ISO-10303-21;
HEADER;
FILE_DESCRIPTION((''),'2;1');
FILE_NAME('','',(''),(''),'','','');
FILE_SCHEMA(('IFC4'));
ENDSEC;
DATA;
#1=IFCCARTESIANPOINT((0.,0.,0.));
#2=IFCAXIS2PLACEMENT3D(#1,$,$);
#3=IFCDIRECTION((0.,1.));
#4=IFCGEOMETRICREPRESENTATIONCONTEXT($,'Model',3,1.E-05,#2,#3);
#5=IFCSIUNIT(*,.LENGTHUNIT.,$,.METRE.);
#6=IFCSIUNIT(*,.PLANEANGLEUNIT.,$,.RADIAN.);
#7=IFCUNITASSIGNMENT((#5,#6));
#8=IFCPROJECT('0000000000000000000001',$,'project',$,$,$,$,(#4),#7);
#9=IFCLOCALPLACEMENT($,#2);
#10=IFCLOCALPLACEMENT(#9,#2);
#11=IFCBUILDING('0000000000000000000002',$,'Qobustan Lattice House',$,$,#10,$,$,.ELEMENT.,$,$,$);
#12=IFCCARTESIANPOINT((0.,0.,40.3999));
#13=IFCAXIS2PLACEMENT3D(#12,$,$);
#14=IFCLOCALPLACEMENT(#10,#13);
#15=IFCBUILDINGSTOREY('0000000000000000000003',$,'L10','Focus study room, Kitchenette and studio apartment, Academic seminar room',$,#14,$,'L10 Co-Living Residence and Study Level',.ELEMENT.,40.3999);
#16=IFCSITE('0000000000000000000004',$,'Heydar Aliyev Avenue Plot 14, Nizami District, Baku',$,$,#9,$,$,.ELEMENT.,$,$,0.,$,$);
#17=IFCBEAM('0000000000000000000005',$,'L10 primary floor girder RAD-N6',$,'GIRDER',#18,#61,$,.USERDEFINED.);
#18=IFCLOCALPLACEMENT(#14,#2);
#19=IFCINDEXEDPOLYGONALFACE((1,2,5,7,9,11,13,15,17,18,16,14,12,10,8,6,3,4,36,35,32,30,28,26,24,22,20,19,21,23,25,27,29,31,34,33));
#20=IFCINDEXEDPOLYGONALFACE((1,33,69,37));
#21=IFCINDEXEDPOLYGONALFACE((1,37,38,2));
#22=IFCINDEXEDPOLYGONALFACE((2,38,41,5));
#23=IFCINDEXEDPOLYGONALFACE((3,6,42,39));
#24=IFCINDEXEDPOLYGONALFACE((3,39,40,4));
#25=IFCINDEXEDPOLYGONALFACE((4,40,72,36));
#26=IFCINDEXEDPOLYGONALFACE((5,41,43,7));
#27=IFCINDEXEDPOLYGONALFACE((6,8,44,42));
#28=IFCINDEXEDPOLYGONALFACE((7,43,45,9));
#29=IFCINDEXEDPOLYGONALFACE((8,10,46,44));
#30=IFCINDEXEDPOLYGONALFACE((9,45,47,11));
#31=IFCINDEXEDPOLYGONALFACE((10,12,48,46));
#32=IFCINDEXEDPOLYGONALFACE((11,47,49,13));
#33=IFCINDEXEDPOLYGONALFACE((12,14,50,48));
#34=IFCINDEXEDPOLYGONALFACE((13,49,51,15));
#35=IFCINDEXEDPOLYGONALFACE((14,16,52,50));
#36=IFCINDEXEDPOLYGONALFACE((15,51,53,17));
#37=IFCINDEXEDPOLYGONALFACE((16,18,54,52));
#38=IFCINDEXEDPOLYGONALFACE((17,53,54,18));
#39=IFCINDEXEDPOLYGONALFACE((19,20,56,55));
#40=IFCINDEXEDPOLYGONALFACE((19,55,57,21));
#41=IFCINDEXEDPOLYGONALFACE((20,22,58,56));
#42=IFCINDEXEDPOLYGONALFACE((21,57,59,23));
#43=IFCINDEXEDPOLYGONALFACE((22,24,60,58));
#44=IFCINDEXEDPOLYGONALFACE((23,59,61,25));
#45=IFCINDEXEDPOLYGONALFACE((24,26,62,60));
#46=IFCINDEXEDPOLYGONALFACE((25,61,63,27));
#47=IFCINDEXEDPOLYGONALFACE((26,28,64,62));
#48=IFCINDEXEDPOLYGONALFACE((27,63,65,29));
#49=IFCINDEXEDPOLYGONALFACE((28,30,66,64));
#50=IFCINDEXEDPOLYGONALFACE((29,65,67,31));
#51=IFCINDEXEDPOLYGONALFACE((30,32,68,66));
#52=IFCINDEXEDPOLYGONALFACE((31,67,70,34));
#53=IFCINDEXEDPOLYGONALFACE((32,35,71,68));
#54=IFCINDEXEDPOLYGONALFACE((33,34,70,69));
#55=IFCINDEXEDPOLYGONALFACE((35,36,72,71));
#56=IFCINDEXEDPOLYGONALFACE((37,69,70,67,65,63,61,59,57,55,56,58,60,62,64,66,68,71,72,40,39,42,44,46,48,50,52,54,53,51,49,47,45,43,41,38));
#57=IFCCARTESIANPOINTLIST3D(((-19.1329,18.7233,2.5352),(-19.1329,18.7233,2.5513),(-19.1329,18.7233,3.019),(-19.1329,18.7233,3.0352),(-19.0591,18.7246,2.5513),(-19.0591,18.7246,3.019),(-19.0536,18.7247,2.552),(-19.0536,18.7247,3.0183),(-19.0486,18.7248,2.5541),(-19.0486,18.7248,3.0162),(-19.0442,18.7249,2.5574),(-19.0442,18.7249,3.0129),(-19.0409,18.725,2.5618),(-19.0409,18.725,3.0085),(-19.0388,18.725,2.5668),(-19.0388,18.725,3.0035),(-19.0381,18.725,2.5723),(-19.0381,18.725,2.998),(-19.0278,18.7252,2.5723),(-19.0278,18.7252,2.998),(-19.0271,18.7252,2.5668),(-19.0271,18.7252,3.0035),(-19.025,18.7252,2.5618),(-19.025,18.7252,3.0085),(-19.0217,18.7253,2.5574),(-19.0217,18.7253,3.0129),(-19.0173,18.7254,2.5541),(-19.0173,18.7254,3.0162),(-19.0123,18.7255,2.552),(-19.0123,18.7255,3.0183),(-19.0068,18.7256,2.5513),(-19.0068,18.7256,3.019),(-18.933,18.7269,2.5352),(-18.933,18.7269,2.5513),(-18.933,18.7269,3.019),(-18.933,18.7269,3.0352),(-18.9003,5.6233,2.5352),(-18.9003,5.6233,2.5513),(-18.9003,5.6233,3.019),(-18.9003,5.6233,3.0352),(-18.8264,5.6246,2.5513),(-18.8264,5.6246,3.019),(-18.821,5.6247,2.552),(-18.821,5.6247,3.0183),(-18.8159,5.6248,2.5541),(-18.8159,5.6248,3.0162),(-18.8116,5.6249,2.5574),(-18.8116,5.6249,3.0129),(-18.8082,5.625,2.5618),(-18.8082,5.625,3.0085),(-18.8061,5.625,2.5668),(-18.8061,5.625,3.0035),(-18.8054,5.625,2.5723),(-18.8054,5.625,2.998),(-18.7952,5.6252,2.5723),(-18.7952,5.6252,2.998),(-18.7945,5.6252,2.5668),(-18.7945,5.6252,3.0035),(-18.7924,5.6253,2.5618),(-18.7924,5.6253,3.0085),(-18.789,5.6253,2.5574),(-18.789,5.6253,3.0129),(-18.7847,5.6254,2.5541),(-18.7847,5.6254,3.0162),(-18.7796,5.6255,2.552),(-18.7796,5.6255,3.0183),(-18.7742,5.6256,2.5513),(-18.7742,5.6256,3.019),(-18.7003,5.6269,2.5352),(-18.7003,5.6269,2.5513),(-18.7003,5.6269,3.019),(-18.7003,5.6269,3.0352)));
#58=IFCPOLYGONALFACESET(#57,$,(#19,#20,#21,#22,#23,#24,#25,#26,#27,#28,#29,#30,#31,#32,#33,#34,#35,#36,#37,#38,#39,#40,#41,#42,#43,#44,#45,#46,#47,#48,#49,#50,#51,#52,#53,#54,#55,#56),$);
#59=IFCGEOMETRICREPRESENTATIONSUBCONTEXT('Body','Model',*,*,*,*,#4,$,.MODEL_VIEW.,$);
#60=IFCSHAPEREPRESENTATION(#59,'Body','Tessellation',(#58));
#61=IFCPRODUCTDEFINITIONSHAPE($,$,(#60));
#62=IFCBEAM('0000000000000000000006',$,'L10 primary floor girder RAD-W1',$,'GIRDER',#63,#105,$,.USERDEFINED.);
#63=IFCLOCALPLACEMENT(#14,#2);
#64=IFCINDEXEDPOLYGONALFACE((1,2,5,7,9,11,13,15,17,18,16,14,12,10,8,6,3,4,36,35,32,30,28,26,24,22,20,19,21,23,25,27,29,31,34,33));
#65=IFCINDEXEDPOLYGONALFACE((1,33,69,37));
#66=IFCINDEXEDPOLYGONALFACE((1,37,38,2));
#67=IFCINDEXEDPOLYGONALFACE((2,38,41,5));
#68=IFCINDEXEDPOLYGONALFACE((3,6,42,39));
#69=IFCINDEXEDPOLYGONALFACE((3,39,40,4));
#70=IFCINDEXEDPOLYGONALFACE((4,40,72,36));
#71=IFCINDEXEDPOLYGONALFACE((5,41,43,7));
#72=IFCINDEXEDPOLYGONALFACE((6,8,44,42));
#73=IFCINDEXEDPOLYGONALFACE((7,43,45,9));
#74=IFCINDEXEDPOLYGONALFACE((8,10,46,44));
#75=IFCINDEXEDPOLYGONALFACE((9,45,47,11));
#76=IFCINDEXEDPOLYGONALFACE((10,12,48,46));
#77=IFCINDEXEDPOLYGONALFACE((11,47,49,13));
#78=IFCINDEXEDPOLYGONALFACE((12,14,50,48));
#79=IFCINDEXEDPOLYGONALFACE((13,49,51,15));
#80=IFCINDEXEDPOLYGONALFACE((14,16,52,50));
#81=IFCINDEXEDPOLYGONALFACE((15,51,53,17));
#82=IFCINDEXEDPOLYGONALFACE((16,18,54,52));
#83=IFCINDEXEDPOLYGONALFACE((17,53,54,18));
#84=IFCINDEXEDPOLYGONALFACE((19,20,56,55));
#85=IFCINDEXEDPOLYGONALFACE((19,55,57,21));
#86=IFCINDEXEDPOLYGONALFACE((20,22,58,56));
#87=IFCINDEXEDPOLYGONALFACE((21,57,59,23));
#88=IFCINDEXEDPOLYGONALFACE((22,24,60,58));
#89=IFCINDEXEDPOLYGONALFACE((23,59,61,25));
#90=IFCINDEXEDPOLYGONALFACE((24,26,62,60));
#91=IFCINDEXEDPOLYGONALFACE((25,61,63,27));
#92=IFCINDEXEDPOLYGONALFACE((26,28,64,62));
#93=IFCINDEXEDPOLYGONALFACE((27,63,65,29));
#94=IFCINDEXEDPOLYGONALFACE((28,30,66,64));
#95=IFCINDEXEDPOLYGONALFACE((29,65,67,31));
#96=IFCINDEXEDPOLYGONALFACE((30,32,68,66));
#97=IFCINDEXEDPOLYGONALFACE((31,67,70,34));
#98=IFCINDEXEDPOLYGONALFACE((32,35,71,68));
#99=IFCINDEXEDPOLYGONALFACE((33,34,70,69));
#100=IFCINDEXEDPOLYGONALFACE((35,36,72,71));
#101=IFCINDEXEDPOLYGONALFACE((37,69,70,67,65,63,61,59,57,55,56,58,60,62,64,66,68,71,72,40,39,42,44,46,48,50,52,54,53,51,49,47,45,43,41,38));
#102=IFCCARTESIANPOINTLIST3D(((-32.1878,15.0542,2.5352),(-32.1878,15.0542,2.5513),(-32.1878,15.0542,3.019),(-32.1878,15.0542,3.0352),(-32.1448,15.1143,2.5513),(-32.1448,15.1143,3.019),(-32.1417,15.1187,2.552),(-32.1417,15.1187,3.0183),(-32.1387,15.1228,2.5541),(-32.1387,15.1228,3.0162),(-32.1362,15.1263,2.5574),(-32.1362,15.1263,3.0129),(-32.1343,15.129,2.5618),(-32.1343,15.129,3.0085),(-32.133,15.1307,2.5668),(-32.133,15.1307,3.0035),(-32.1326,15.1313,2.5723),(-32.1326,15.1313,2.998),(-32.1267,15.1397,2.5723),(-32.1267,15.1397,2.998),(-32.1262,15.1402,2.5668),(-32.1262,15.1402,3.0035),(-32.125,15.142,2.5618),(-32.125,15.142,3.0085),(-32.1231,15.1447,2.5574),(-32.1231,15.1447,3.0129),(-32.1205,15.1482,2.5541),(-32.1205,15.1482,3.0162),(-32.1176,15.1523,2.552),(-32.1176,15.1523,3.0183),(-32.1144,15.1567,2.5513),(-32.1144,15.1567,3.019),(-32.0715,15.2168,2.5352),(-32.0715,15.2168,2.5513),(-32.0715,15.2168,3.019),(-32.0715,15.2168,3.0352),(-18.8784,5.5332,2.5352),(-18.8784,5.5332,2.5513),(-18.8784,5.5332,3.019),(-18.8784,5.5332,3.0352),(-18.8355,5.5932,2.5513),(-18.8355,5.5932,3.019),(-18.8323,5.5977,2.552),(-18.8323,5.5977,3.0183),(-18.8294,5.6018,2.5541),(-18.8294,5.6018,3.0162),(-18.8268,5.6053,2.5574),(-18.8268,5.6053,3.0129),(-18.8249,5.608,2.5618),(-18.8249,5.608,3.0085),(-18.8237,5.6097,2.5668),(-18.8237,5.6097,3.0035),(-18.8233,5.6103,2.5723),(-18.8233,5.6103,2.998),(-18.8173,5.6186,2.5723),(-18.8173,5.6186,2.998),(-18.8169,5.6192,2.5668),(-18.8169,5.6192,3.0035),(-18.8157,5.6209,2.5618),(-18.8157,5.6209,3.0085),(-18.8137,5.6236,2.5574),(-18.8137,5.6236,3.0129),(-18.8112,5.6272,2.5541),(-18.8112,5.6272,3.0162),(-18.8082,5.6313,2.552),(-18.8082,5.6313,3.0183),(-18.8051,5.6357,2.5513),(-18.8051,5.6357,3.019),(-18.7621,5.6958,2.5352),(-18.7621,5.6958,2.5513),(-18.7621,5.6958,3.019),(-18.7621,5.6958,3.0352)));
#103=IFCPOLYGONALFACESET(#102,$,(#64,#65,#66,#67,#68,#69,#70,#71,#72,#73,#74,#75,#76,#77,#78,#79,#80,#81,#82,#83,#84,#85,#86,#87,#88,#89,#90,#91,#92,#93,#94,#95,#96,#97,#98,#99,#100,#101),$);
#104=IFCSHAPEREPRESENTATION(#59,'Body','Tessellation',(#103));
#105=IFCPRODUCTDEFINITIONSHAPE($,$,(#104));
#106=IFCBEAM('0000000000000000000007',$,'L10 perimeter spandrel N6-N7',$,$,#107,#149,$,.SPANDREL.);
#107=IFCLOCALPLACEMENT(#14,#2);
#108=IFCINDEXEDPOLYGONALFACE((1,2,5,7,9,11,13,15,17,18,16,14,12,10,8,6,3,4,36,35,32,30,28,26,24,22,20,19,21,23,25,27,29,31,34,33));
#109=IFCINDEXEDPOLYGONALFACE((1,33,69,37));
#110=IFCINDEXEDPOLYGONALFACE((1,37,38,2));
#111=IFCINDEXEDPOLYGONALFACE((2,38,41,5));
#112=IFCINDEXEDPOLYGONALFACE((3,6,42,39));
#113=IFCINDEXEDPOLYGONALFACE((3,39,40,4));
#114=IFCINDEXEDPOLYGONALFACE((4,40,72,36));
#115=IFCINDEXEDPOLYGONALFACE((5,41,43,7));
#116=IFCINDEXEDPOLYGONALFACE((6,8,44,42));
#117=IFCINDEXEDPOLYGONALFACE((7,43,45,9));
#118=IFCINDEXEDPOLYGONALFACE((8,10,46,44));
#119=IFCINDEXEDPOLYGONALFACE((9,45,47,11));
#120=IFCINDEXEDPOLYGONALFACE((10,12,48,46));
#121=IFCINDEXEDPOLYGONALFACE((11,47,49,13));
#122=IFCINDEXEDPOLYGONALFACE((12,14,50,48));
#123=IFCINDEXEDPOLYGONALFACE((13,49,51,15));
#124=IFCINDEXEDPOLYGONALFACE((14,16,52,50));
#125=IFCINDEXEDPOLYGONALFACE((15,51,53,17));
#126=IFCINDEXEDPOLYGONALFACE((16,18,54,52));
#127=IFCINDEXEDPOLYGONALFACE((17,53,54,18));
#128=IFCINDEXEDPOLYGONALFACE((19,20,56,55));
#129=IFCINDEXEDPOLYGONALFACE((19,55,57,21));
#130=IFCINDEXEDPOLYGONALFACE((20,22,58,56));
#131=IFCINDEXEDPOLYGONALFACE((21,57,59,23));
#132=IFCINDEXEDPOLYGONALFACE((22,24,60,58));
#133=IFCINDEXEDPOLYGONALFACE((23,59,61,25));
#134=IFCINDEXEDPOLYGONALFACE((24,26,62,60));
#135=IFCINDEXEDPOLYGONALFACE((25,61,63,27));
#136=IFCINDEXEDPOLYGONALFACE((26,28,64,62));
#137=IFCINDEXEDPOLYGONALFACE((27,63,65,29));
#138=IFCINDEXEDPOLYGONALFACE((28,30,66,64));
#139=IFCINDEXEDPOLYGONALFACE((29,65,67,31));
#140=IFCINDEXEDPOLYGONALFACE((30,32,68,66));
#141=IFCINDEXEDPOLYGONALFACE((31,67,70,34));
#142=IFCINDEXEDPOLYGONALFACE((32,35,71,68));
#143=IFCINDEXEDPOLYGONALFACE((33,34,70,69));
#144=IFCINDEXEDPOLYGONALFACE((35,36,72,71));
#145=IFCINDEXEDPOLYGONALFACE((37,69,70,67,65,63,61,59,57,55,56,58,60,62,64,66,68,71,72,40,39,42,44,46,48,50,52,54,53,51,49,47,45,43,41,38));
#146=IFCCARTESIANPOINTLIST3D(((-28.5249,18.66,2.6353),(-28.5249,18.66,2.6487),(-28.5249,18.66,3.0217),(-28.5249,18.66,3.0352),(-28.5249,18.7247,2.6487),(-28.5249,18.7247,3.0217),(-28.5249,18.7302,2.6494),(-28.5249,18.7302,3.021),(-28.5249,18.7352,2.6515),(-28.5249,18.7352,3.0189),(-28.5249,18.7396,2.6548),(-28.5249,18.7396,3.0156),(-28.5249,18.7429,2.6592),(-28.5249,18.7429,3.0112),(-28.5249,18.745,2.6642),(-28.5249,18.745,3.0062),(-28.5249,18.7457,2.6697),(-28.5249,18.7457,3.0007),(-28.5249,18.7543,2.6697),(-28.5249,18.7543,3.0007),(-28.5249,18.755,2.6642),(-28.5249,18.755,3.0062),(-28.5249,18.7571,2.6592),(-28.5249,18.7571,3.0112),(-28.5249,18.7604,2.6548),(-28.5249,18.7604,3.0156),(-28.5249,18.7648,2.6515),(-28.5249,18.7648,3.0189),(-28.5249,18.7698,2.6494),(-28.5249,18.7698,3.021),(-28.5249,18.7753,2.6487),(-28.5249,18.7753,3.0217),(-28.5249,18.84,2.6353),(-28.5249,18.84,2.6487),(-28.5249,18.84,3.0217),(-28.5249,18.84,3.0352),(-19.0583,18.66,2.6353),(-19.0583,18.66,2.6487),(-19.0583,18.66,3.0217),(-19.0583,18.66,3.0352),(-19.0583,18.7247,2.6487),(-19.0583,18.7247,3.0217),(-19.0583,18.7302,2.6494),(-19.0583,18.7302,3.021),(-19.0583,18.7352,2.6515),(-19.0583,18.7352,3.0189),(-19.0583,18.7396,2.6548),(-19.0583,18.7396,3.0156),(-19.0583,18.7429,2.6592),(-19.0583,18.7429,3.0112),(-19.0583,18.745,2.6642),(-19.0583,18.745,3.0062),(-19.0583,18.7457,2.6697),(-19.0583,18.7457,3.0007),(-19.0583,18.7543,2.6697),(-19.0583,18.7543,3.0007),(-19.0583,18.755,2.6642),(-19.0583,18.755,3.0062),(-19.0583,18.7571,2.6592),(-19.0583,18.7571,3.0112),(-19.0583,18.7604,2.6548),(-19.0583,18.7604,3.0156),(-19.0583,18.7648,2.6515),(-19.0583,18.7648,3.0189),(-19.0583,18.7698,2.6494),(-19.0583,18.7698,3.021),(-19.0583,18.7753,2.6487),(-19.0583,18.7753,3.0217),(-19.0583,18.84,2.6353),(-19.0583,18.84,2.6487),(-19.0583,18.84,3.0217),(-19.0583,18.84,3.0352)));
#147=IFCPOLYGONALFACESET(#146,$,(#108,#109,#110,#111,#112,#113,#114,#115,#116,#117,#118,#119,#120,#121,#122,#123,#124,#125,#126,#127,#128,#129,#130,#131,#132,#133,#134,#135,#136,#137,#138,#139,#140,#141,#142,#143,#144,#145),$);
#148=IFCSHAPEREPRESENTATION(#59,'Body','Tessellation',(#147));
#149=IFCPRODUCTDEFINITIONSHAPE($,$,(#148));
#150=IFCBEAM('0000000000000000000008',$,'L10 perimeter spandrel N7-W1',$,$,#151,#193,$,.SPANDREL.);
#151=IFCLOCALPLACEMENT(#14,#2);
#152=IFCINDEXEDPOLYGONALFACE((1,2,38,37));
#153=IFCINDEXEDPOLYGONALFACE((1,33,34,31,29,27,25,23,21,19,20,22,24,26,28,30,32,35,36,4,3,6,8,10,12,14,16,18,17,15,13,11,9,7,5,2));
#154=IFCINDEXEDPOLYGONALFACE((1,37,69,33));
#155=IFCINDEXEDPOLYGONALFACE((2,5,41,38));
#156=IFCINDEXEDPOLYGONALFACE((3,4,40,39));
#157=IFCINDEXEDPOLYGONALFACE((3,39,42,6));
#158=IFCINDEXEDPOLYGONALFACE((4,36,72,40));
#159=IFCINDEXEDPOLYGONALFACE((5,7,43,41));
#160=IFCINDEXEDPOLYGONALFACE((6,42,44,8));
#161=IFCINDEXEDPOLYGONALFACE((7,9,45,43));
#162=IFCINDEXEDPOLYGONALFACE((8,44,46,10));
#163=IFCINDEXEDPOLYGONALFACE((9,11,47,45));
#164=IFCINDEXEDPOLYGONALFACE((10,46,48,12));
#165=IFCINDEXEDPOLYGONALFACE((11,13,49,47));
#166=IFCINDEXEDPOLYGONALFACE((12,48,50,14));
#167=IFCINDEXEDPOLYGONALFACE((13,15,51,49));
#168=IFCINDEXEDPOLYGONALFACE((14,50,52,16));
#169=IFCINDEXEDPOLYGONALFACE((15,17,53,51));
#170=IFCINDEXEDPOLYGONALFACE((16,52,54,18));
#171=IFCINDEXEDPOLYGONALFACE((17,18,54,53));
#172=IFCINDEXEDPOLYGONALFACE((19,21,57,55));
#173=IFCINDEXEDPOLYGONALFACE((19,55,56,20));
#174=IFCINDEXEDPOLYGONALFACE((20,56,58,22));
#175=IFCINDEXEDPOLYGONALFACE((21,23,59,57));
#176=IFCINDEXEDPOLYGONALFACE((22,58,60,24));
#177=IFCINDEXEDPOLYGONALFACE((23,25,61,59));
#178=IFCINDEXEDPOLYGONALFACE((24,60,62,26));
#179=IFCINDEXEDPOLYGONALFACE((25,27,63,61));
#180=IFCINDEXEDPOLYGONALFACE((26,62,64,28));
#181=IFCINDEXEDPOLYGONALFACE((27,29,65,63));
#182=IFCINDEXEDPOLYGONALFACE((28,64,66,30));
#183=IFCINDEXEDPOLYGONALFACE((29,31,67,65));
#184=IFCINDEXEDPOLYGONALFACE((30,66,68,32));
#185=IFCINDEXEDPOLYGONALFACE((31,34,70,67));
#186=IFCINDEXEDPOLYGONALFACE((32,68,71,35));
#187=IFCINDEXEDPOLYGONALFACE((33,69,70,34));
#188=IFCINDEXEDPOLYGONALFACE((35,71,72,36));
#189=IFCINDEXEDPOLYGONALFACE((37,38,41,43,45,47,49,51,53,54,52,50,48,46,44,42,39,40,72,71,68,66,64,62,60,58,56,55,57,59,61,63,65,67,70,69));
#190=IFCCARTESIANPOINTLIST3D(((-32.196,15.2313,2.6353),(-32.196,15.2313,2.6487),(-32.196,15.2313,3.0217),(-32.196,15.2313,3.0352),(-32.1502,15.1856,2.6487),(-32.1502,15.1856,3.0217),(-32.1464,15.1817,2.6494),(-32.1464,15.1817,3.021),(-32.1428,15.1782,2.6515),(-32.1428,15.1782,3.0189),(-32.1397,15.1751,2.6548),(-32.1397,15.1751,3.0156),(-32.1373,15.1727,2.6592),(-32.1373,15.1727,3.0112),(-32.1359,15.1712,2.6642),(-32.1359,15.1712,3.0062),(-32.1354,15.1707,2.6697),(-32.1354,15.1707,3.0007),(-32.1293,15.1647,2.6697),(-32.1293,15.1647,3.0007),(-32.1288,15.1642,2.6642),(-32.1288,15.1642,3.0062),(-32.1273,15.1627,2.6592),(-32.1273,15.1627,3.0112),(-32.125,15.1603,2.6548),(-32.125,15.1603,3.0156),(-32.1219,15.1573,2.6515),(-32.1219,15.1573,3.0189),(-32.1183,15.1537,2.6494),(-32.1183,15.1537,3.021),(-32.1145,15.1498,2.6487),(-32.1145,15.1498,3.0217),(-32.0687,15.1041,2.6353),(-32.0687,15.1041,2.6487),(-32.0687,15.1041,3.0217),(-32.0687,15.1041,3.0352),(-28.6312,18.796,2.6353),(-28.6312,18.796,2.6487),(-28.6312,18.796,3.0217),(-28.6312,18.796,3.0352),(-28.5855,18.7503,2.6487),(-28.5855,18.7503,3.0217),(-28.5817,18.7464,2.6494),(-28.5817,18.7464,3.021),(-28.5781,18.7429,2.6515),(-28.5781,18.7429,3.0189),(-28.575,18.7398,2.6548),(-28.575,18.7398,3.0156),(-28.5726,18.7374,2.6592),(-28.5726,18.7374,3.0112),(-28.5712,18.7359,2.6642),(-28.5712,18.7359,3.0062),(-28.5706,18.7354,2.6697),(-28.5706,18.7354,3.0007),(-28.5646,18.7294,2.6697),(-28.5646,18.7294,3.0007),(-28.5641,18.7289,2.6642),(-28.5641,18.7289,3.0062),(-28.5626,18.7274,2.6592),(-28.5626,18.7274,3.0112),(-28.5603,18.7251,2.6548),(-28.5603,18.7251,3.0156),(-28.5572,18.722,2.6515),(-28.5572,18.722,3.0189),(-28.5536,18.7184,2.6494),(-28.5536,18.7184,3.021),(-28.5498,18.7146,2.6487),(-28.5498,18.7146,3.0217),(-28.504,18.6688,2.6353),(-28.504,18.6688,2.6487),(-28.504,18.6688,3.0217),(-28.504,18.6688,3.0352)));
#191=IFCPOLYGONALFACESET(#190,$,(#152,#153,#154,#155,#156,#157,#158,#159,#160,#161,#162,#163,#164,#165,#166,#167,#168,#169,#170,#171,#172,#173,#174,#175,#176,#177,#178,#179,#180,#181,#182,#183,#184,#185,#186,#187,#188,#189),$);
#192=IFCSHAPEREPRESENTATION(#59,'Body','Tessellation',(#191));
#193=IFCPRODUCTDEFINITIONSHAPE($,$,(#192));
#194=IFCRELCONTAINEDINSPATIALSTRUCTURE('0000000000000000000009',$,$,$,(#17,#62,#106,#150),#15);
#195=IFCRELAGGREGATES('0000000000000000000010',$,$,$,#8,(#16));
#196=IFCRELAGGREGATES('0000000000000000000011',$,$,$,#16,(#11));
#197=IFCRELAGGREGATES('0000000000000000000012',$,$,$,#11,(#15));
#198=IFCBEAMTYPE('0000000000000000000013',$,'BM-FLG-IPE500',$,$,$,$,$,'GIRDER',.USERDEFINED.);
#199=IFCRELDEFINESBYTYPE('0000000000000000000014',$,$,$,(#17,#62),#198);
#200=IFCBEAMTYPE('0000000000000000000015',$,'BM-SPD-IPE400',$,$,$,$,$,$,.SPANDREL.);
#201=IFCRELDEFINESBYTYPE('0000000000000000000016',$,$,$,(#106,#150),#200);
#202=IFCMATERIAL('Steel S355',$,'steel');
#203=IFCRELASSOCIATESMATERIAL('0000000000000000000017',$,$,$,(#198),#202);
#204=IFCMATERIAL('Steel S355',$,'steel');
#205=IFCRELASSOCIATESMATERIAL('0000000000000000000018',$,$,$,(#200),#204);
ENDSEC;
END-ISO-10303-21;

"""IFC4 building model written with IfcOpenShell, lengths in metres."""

from ifc_helpers import new_model, si_unit, direction, frame, origin, origin_2d, place, context, subcontext, project, spatial, i_section, extrude, material, material_profile, profile_set, type_object, element, save


model = new_model("IFC4")

# Units and contexts
model_context = context("Model", 3, precision=1e-05, world=origin(), true_north=direction((0.0, 1.0)))
body_context = subcontext(model_context, "Body", "Model", "MODEL_VIEW")
ifc_project = project(units=[si_unit("LENGTHUNIT", "METRE"), si_unit("PLANEANGLEUNIT", "RADIAN")], contexts=[model_context])

# Site, building, storey
site_placement = place(None, origin())
site = spatial("IfcSite", under=ifc_project, at=site_placement, Name="Heydar Aliyev Avenue Plot 14, Nizami District, Baku", CompositionType="ELEMENT", RefElevation=0.0)
building_placement = place(site_placement, origin())
building = spatial("IfcBuilding", under=site, at=building_placement, Name="Qobustan Lattice House", CompositionType="ELEMENT")
storey_placement = place(building_placement, frame((0.0, 0.0, 40.3999)))
storey = spatial("IfcBuildingStorey", under=building, at=storey_placement, Name="L10", Description="Focus study room, Kitchenette and studio apartment, Academic seminar room", LongName="L10 Co-Living Residence and Study Level", CompositionType="ELEMENT", Elevation=40.3999)

# Beams
ifc_material_1 = material(Name="Steel S355", Category="steel")
ifc_material_profile_1 = material_profile(ifc_material_1, i_section(OverallWidth=0.2, OverallDepth=0.5, WebThickness=0.0103, FlangeThickness=0.0161, FilletRadius=0.021, at=origin_2d()), Name="IPE500")
ifc_profile_set_1 = profile_set([ifc_material_profile_1], Name="Steel S355")
beam_type_1 = type_object("IfcBeamType", Name="BM-FLG-IPE500", ElementType="GIRDER", PredefinedType="USERDEFINED", material=ifc_profile_set_1)
beam_1_placement = place(storey_placement, frame((-19.033, 18.7251, 2.7852), z_axis=(0.017758, -0.999842, 0.0), x_axis=(0.999842, 0.017758, 0.0)))
element("IfcBeam", 1, at=beam_1_placement, inside=storey, type_object=beam_type_1, Name="L10 primary floor girder RAD-N6", ObjectType="GIRDER", PredefinedType="USERDEFINED", context=body_context, shape_type="SweptSolid", body=[
    extrude(i_section(OverallWidth=0.2, OverallDepth=0.5, WebThickness=0.0103, FlangeThickness=0.0161, FilletRadius=0.021, at=origin_2d()), origin(), (0.0, 0.0, 1.0), 13.1021),
])
beam_2_placement = place(storey_placement, frame((-32.1296, 15.1355, 2.7852), z_axis=(0.813319, -0.581818, 0.0), x_axis=(0.581818, 0.813319, 0.0)))
element("IfcBeam", 2, at=beam_2_placement, inside=storey, type_object=beam_type_1, Name="L10 primary floor girder RAD-W1", ObjectType="GIRDER", PredefinedType="USERDEFINED", context=body_context, shape_type="SweptSolid", body=[
    extrude(i_section(OverallWidth=0.2, OverallDepth=0.5, WebThickness=0.0103, FlangeThickness=0.0161, FilletRadius=0.021, at=origin_2d()), origin(), (0.0, 0.0, 1.0), 16.3643),
])
ifc_material_2 = material(Name="Steel S355", Category="steel")
ifc_material_profile_2 = material_profile(ifc_material_2, i_section(OverallWidth=0.1799, OverallDepth=0.3999, WebThickness=0.0085, FlangeThickness=0.0134, FilletRadius=0.021, at=origin_2d()), Name="IPE400")
ifc_profile_set_2 = profile_set([ifc_material_profile_2], Name="Steel S355")
beam_type_2 = type_object("IfcBeamType", Name="BM-SPD-IPE400", PredefinedType="SPANDREL", material=ifc_profile_set_2)
beam_3_placement = place(storey_placement, frame((-19.0583, 18.75, 2.8352), z_axis=(-1.0, 0.0, 0.0), x_axis=(0.0, -1.0, 0.0)))
element("IfcBeam", 3, at=beam_3_placement, inside=storey, type_object=beam_type_2, Name="L10 perimeter spandrel N6-N7", PredefinedType="SPANDREL", context=body_context, shape_type="SweptSolid", body=[
    extrude(i_section(OverallWidth=0.1799, OverallDepth=0.3999, WebThickness=0.0085, FlangeThickness=0.0134, FilletRadius=0.021, at=origin_2d()), origin(), (0.0, 0.0, 1.0), 9.4666),
])
beam_4_placement = place(storey_placement, frame((-28.5676, 18.7324, 2.8352), z_axis=(-0.707107, -0.707107, 0.0), x_axis=(0.707107, -0.707107, 0.0)))
element("IfcBeam", 4, at=beam_4_placement, inside=storey, type_object=beam_type_2, Name="L10 perimeter spandrel N7-W1", PredefinedType="SPANDREL", context=body_context, shape_type="SweptSolid", body=[
    extrude(i_section(OverallWidth=0.1799, OverallDepth=0.3999, WebThickness=0.0085, FlangeThickness=0.0134, FilletRadius=0.021, at=origin_2d()), origin(), (0.0, 0.0, 1.0), 5.0413),
])

save(model, "model.ifc")
